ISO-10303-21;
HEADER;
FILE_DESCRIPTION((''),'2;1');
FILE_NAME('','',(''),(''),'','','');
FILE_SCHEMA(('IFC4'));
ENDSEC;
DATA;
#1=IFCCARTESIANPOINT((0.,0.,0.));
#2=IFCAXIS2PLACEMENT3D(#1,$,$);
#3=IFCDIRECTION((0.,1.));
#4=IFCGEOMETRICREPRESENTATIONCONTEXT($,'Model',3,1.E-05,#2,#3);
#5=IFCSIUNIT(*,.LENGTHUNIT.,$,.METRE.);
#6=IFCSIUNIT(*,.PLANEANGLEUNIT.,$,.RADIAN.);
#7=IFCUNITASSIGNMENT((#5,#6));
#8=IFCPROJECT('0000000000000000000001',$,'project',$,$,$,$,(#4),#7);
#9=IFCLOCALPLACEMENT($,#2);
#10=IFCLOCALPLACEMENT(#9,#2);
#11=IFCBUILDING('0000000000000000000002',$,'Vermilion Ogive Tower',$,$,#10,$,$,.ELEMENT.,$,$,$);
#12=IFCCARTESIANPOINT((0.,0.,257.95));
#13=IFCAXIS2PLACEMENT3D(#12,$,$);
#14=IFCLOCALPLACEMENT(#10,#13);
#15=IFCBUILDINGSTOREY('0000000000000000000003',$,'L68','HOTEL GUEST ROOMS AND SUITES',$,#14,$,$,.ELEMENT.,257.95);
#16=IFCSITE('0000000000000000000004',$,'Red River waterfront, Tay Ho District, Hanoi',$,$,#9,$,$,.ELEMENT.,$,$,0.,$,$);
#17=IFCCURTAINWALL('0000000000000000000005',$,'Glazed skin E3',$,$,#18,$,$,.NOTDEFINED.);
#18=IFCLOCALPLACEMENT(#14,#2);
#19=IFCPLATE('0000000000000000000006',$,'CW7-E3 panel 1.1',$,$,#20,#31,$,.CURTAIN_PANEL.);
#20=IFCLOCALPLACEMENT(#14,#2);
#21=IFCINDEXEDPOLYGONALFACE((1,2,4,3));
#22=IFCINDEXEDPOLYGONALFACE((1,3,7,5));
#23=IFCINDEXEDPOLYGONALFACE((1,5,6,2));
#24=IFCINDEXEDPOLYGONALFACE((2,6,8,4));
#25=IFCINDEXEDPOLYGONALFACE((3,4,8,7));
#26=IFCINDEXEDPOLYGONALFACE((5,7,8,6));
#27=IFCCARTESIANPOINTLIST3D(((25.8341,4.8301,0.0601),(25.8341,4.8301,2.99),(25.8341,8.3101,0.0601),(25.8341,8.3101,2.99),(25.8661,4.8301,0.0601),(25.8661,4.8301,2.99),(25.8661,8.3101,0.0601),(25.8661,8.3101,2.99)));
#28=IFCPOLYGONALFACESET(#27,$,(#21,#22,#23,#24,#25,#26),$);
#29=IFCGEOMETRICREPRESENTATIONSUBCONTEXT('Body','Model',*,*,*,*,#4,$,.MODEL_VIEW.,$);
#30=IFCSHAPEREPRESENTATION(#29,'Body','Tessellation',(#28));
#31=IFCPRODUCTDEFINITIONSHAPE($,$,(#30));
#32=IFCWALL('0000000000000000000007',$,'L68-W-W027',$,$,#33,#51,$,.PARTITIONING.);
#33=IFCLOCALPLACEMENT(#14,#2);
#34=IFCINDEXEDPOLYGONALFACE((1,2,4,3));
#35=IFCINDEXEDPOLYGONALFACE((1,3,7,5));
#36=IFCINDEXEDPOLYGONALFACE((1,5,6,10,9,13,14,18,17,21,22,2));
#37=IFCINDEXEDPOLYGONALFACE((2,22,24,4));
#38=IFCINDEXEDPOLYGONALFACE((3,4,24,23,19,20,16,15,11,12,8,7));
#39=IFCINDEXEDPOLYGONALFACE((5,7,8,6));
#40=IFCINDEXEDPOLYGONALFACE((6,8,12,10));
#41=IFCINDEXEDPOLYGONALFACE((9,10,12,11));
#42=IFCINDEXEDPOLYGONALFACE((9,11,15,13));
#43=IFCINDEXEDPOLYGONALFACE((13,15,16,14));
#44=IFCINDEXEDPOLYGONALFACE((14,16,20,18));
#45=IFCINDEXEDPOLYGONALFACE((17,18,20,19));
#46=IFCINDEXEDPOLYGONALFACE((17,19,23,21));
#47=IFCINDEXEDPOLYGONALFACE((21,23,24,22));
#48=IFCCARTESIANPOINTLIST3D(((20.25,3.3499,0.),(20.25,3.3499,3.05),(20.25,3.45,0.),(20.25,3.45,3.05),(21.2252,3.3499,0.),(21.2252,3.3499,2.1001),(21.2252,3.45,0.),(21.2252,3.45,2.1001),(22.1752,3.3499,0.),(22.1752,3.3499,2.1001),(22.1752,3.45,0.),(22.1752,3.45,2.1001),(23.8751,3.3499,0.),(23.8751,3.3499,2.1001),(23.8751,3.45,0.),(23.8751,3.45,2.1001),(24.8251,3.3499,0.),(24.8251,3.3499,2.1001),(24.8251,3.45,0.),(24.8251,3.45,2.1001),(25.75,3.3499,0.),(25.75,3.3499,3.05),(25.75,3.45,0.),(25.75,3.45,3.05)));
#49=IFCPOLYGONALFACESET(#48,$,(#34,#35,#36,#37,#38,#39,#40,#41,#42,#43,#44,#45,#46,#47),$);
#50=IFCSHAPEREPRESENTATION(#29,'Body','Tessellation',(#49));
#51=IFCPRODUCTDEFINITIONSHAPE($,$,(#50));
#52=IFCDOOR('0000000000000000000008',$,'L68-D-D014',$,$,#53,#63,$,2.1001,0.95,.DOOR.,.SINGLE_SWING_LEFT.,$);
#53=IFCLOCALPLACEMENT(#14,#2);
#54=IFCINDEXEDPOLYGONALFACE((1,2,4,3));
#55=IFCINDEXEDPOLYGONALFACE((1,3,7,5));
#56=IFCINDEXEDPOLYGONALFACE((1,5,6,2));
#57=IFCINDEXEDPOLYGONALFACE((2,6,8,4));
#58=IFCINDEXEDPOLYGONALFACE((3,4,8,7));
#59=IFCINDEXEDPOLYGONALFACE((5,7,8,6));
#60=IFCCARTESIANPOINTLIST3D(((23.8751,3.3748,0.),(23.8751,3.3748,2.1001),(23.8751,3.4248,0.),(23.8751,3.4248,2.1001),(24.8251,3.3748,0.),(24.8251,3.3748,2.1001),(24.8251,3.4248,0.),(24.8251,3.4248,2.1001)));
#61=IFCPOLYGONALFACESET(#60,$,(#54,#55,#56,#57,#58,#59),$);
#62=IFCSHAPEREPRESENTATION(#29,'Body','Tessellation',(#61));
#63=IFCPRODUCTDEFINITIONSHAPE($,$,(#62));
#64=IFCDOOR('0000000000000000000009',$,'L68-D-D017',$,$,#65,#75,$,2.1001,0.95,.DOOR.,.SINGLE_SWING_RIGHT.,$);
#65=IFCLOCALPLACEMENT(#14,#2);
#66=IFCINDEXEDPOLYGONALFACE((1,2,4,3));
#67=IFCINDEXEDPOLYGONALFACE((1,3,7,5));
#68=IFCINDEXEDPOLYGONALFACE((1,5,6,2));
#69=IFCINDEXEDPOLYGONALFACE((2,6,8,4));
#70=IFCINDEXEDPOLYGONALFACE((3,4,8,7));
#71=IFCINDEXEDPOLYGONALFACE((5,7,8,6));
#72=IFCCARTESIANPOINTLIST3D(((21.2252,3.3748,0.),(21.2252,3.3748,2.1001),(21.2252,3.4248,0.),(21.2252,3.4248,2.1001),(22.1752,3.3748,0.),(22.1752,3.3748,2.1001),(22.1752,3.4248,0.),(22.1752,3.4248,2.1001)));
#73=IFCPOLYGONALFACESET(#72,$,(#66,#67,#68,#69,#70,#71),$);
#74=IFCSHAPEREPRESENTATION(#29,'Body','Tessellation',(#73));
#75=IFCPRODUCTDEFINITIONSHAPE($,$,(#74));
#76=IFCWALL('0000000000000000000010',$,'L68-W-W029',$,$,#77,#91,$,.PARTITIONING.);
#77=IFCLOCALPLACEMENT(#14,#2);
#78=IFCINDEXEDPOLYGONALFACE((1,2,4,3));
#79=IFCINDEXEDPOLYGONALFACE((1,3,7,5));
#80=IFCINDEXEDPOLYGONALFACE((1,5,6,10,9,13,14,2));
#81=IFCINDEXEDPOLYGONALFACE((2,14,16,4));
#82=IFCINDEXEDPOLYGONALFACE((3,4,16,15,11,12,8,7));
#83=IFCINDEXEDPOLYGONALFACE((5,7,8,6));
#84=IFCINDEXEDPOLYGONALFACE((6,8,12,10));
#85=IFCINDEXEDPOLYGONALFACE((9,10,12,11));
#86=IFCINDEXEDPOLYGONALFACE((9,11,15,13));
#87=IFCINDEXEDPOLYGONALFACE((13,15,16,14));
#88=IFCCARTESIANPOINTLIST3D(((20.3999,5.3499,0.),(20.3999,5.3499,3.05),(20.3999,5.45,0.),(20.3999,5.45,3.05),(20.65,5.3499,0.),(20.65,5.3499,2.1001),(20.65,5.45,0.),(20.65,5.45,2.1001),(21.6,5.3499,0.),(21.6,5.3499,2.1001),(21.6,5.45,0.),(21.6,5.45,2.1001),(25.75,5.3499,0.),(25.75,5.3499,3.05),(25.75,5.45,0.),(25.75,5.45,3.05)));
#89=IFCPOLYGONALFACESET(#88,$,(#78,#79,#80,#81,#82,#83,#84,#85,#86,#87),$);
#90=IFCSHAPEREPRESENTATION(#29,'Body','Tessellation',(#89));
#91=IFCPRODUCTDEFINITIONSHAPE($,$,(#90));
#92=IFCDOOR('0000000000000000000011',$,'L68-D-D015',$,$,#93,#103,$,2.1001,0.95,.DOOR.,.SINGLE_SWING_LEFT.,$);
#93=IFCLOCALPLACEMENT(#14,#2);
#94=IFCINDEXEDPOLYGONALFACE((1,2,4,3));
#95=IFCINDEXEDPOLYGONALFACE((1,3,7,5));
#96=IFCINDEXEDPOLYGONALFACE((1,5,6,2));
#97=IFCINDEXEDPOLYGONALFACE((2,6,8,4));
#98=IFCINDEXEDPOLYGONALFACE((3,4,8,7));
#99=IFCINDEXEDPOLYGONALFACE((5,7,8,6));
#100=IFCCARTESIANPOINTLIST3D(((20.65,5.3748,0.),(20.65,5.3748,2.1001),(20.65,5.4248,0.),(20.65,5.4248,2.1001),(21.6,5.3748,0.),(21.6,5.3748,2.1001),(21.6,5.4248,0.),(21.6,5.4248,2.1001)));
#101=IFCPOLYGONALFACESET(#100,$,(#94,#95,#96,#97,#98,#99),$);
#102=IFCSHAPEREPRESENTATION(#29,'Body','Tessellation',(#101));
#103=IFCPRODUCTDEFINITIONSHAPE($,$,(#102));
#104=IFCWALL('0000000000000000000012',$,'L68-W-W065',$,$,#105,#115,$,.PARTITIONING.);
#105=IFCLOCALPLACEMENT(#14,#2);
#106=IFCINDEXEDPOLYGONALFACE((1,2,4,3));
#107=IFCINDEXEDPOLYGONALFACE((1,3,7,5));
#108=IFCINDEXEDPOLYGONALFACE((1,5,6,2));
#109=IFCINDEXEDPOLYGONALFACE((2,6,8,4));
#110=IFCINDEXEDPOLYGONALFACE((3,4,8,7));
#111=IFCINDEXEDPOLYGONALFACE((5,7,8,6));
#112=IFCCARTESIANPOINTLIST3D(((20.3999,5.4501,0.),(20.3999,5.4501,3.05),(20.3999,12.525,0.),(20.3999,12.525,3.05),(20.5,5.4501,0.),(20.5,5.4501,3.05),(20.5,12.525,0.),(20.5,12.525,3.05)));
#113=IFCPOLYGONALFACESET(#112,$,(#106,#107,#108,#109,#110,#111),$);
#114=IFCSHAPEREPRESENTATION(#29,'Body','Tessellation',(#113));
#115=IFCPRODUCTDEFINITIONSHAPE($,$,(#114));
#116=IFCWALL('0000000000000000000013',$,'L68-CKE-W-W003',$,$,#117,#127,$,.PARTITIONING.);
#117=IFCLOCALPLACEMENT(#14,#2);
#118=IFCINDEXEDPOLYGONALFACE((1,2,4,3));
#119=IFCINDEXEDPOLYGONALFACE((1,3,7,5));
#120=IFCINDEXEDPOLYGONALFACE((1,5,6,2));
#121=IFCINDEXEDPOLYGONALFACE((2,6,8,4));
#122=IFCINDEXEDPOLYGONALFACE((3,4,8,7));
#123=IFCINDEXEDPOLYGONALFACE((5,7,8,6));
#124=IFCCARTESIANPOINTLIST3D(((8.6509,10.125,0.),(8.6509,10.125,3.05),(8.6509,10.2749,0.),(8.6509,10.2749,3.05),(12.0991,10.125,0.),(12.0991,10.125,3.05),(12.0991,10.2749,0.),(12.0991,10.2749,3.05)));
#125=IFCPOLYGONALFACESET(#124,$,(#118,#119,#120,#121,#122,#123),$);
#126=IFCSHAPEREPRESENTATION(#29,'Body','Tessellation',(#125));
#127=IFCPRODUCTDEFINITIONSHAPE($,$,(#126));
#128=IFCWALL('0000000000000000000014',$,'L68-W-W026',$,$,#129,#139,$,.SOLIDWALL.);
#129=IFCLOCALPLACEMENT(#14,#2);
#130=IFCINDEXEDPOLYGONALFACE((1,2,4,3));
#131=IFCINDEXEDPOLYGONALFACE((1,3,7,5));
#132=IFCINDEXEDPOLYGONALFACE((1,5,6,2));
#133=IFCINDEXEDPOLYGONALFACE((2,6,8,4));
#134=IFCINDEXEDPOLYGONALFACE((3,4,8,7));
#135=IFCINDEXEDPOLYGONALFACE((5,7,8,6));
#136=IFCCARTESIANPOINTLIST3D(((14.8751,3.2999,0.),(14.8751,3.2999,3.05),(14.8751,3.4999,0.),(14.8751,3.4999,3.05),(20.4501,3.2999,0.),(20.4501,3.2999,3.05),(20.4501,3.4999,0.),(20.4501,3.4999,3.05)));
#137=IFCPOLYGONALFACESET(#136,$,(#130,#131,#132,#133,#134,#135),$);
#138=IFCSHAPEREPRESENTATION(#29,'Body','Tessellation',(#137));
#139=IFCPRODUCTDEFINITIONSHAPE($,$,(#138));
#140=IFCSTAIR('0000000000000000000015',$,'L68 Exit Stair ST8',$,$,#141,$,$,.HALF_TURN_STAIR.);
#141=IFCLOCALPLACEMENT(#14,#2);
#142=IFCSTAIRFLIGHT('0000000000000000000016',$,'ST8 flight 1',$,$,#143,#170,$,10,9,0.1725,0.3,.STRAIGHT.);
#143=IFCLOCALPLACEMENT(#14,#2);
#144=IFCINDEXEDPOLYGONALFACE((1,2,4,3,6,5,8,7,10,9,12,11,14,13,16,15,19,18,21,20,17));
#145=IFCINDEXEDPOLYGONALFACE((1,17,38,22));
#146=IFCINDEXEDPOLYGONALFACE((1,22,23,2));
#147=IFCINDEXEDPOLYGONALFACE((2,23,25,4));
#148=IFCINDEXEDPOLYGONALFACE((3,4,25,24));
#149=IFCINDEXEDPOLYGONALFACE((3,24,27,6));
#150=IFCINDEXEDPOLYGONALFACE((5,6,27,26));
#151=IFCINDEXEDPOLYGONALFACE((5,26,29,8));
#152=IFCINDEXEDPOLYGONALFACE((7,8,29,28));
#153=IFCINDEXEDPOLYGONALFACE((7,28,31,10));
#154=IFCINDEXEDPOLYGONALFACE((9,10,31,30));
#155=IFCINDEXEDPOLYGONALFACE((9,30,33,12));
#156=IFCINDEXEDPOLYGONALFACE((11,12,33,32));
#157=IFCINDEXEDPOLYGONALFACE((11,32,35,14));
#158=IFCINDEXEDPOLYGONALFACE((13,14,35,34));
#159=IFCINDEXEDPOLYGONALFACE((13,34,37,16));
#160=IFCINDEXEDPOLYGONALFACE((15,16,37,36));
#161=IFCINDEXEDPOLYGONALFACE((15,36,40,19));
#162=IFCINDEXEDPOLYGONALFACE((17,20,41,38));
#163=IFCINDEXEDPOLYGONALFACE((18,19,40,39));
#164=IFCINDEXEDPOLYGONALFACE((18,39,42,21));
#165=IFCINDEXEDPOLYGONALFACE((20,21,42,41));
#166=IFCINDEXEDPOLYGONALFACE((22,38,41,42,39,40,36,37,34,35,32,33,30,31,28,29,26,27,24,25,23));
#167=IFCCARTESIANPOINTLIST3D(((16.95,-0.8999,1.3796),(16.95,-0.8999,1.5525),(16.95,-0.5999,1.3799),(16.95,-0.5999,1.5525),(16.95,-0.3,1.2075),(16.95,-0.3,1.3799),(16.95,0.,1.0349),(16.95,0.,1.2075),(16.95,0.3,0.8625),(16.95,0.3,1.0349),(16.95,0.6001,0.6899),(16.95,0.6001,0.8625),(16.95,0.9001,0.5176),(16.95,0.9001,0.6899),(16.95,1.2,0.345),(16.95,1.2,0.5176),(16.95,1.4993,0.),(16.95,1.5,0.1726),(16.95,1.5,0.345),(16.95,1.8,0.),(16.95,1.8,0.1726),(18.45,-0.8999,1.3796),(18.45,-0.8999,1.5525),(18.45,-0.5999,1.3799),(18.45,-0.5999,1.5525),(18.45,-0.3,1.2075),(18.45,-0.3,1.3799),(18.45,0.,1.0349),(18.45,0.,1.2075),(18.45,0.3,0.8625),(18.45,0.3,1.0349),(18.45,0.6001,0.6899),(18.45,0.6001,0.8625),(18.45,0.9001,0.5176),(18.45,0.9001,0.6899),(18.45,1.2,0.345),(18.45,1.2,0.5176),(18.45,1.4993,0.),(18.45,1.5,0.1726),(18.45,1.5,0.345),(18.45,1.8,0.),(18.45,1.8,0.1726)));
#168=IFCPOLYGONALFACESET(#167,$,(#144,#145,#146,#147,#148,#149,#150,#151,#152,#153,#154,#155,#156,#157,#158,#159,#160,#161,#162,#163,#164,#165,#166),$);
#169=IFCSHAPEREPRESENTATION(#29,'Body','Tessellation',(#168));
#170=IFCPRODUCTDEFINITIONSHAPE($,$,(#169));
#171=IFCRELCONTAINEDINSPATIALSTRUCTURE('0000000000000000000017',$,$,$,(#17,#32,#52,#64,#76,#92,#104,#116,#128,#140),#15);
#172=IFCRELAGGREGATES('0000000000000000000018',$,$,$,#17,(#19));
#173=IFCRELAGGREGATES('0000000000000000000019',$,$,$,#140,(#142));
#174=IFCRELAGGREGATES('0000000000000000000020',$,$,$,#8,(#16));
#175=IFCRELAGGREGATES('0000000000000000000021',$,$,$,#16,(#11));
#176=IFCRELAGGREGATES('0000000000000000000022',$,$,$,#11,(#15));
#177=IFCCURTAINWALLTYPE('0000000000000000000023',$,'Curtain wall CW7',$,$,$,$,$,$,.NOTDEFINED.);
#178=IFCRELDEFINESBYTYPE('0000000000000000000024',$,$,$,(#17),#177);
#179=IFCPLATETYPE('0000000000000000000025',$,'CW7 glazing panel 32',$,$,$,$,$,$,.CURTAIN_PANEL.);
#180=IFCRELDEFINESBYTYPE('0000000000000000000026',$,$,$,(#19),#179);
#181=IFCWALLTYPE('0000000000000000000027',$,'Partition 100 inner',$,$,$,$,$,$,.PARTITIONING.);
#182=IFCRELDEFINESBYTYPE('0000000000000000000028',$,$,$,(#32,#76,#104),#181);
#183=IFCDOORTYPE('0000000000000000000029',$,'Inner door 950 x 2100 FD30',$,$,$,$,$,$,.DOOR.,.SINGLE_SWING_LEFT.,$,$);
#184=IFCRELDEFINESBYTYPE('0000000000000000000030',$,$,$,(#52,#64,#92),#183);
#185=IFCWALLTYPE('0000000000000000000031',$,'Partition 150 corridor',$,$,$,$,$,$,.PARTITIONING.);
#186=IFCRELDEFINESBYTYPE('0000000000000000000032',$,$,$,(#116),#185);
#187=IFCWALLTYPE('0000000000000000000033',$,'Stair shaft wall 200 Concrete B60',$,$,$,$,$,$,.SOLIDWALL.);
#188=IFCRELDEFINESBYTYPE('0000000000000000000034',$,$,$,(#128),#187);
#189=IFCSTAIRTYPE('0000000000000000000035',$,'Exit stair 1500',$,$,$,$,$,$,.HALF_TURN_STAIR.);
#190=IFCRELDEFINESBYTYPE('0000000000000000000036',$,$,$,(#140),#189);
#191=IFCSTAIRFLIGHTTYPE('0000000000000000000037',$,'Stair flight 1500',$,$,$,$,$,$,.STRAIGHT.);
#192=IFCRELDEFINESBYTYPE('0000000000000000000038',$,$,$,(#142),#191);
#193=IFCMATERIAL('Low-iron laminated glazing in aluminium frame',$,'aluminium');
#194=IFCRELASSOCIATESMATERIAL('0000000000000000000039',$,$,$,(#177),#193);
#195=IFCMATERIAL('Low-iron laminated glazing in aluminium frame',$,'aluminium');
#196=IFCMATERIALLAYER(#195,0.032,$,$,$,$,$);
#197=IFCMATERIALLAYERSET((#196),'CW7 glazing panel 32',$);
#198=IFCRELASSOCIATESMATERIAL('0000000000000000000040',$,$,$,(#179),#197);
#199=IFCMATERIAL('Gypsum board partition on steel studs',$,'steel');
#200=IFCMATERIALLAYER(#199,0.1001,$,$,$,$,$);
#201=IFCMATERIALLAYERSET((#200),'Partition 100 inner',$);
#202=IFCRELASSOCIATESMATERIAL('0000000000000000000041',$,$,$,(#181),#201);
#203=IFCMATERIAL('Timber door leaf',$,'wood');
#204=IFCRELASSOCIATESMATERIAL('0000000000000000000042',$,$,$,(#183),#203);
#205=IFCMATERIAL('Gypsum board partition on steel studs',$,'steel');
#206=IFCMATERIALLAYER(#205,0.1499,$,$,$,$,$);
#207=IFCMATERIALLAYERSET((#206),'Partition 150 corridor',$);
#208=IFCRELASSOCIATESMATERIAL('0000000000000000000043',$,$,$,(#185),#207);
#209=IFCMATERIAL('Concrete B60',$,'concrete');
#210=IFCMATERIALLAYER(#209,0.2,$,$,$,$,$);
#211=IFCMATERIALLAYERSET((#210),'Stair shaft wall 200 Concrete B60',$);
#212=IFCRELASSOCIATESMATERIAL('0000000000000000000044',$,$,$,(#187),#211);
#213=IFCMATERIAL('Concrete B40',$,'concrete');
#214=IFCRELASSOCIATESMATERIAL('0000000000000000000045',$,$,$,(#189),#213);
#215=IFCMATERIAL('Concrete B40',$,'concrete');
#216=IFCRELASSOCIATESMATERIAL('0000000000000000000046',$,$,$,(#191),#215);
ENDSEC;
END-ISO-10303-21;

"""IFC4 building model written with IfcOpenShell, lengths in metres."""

from ifc_helpers import new_model, si_unit, direction, frame, frame_2d, origin, origin_2d, place, context, subcontext, project, spatial, polyline, rectangle, outline, extrude, material, layer, layer_set, type_object, element, fill, aggregate, save


model = new_model("IFC4")

# Units and contexts
model_context = context("Model", 3, precision=1e-05, world=origin(), true_north=direction((0.0, 1.0)))
body_context = subcontext(model_context, "Body", "Model", "MODEL_VIEW")
ifc_project = project(units=[si_unit("LENGTHUNIT", "METRE"), si_unit("PLANEANGLEUNIT", "RADIAN")], contexts=[model_context])

# Site, building, storey
site_placement = place(None, origin())
site = spatial("IfcSite", under=ifc_project, at=site_placement, Name="Red River waterfront, Tay Ho District, Hanoi", CompositionType="ELEMENT", RefElevation=0.0)
building_placement = place(site_placement, origin())
building = spatial("IfcBuilding", under=site, at=building_placement, Name="Vermilion Ogive Tower", CompositionType="ELEMENT")
storey_placement = place(building_placement, frame((0.0, 0.0, 257.95)))
storey = spatial("IfcBuildingStorey", under=building, at=storey_placement, Name="L68", Description="HOTEL GUEST ROOMS AND SUITES", CompositionType="ELEMENT", Elevation=257.95)

# Curtain wall
ifc_material_1 = material(Name="Low-iron laminated glazing in aluminium frame", Category="aluminium")
curtain_wall_type = type_object("IfcCurtainWallType", Name="Curtain wall CW7", PredefinedType="NOTDEFINED", material=ifc_material_1)
curtain_wall_1_placement = place(storey_placement, origin())
curtain_wall_1 = element("IfcCurtainWall", 1, at=curtain_wall_1_placement, inside=storey, type_object=curtain_wall_type, Name="Glazed skin E3", PredefinedType="NOTDEFINED")

# Plate
ifc_material_2 = material(Name="Low-iron laminated glazing in aluminium frame", Category="aluminium")
ifc_layer_1 = layer(ifc_material_2, 0.032)
ifc_layer_set_1 = layer_set([ifc_layer_1], Name="CW7 glazing panel 32")
plate_type = type_object("IfcPlateType", Name="CW7 glazing panel 32", PredefinedType="CURTAIN_PANEL", material=ifc_layer_set_1)
plate_1_placement = place(storey_placement, frame((25.8501, 6.5701, 0.0601), z_axis=(0.0, 0.0, 1.0), x_axis=(0.0, 1.0, 0.0)))
plate_1 = element("IfcPlate", 2, at=plate_1_placement, type_object=plate_type, Name="CW7-E3 panel 1.1", PredefinedType="CURTAIN_PANEL", context=body_context, shape_type="SweptSolid", body=[
    extrude(rectangle(XDim=3.48, YDim=0.032, at=origin_2d()), origin(), (0.0, 0.0, 1.0), 2.9299),
])
aggregate(curtain_wall_1, [plate_1])

# Wall, openings, doors
ifc_material_3 = material(Name="Gypsum board partition on steel studs", Category="steel")
ifc_layer_2 = layer(ifc_material_3, 0.1001)
ifc_layer_set_2 = layer_set([ifc_layer_2], Name="Partition 100 inner")
wall_type_1 = type_object("IfcWallType", Name="Partition 100 inner", PredefinedType="PARTITIONING", material=ifc_layer_set_2)
wall_1_placement = place(storey_placement, frame((20.25, 3.3999, 0.0), z_axis=(0.0, 0.0, 1.0), x_axis=(1.0, 0.0, 0.0)))
wall_1 = element("IfcWall", 3, at=wall_1_placement, inside=storey, type_object=wall_type_1, Name="L68-W-W027", PredefinedType="PARTITIONING", context=body_context, shape_type="SweptSolid", body=[
    extrude(rectangle(XDim=5.5, YDim=0.1001, at=frame_2d((2.75, 0.0))), origin(), (0.0, 0.0, 1.0), 3.05),
])
opening_1_placement = place(wall_1_placement, frame((3.625, 0.0, 0.0)))
opening_1 = element("IfcOpeningElement", 4, at=opening_1_placement, cuts=wall_1, PredefinedType="OPENING", context=body_context, shape_type="SweptSolid", body=[
    extrude(rectangle(XDim=0.95, YDim=2.1001, at=frame_2d((0.4751, 1.05))), frame((0.0, 0.0601, 0.0), z_axis=(0.0, -1.0, 0.0), x_axis=(1.0, 0.0, 0.0)), (0.0, 0.0, 1.0), 0.1201),
])
opening_2_placement = place(wall_1_placement, frame((0.9751, 0.0, 0.0)))
opening_2 = element("IfcOpeningElement", 5, at=opening_2_placement, cuts=wall_1, PredefinedType="OPENING", context=body_context, shape_type="SweptSolid", body=[
    extrude(rectangle(XDim=0.95, YDim=2.1001, at=frame_2d((0.4751, 1.05))), frame((0.0, 0.0601, 0.0), z_axis=(0.0, -1.0, 0.0), x_axis=(1.0, 0.0, 0.0)), (0.0, 0.0, 1.0), 0.1201),
])
ifc_material_4 = material(Name="Timber door leaf", Category="wood")
door_type = type_object("IfcDoorType", Name="Inner door 950 x 2100 FD30", OperationType="SINGLE_SWING_LEFT", PredefinedType="DOOR", material=ifc_material_4)
door_1_placement = place(opening_1_placement, origin())
door_1 = element("IfcDoor", 6, at=door_1_placement, inside=storey, type_object=door_type, Name="L68-D-D014", OperationType="SINGLE_SWING_LEFT", OverallHeight=2.1001, OverallWidth=0.95, PredefinedType="DOOR", context=body_context, shape_type="SweptSolid", body=[
    extrude(rectangle(XDim=0.95, YDim=2.1001, at=frame_2d((0.4751, 1.05))), frame((0.0, 0.0249, 0.0), z_axis=(0.0, -1.0, 0.0), x_axis=(1.0, 0.0, 0.0)), (0.0, 0.0, 1.0), 0.05),
])
fill(opening_1, door_1)
door_2_placement = place(opening_2_placement, origin())
door_2 = element("IfcDoor", 7, at=door_2_placement, inside=storey, type_object=door_type, Name="L68-D-D017", OperationType="SINGLE_SWING_RIGHT", OverallHeight=2.1001, OverallWidth=0.95, PredefinedType="DOOR", context=body_context, shape_type="SweptSolid", body=[
    extrude(rectangle(XDim=0.95, YDim=2.1001, at=frame_2d((0.4751, 1.05))), frame((0.0, 0.0249, 0.0), z_axis=(0.0, -1.0, 0.0), x_axis=(1.0, 0.0, 0.0)), (0.0, 0.0, 1.0), 0.05),
])
fill(opening_2, door_2)

# Wall, opening, door
wall_2_placement = place(storey_placement, frame((20.3999, 5.3999, 0.0), z_axis=(0.0, 0.0, 1.0), x_axis=(1.0, 0.0, 0.0)))
wall_2 = element("IfcWall", 8, at=wall_2_placement, inside=storey, type_object=wall_type_1, Name="L68-W-W029", PredefinedType="PARTITIONING", context=body_context, shape_type="SweptSolid", body=[
    extrude(rectangle(XDim=5.3501, YDim=0.1001, at=frame_2d((2.675, 0.0))), origin(), (0.0, 0.0, 1.0), 3.05),
])
opening_3_placement = place(wall_2_placement, frame((0.25, 0.0, 0.0)))
opening_3 = element("IfcOpeningElement", 9, at=opening_3_placement, cuts=wall_2, PredefinedType="OPENING", context=body_context, shape_type="SweptSolid", body=[
    extrude(rectangle(XDim=0.95, YDim=2.1001, at=frame_2d((0.4751, 1.05))), frame((0.0, 0.0601, 0.0), z_axis=(0.0, -1.0, 0.0), x_axis=(1.0, 0.0, 0.0)), (0.0, 0.0, 1.0), 0.1201),
])
door_3_placement = place(opening_3_placement, origin())
door_3 = element("IfcDoor", 10, at=door_3_placement, inside=storey, type_object=door_type, Name="L68-D-D015", OperationType="SINGLE_SWING_LEFT", OverallHeight=2.1001, OverallWidth=0.95, PredefinedType="DOOR", context=body_context, shape_type="SweptSolid", body=[
    extrude(rectangle(XDim=0.95, YDim=2.1001, at=frame_2d((0.4751, 1.05))), frame((0.0, 0.0249, 0.0), z_axis=(0.0, -1.0, 0.0), x_axis=(1.0, 0.0, 0.0)), (0.0, 0.0, 1.0), 0.05),
])
fill(opening_3, door_3)

# Walls
wall_3_placement = place(storey_placement, frame((20.45, 5.45, 0.0), z_axis=(0.0, 0.0, 1.0), x_axis=(0.0, 1.0, 0.0)))
element("IfcWall", 11, at=wall_3_placement, inside=storey, type_object=wall_type_1, Name="L68-W-W065", PredefinedType="PARTITIONING", context=body_context, shape_type="SweptSolid", body=[
    extrude(rectangle(XDim=7.075, YDim=0.1001, at=frame_2d((3.5376, 0.0))), origin(), (0.0, 0.0, 1.0), 3.05),
])
ifc_material_5 = material(Name="Gypsum board partition on steel studs", Category="steel")
ifc_layer_3 = layer(ifc_material_5, 0.1499)
ifc_layer_set_3 = layer_set([ifc_layer_3], Name="Partition 150 corridor")
wall_type_2 = type_object("IfcWallType", Name="Partition 150 corridor", PredefinedType="PARTITIONING", material=ifc_layer_set_3)
wall_4_placement = place(storey_placement, frame((8.6509, 10.2, 0.0), z_axis=(0.0, 0.0, 1.0), x_axis=(1.0, 0.0, 0.0)))
element("IfcWall", 12, at=wall_4_placement, inside=storey, type_object=wall_type_2, Name="L68-CKE-W-W003", PredefinedType="PARTITIONING", context=body_context, shape_type="SweptSolid", body=[
    extrude(rectangle(XDim=3.4482, YDim=0.1499, at=frame_2d((1.7241, 0.0))), origin(), (0.0, 0.0, 1.0), 3.05),
])
ifc_material_6 = material(Name="Concrete B60", Category="concrete")
ifc_layer_4 = layer(ifc_material_6, 0.2)
ifc_layer_set_4 = layer_set([ifc_layer_4], Name="Stair shaft wall 200 Concrete B60")
wall_type_3 = type_object("IfcWallType", Name="Stair shaft wall 200 Concrete B60", PredefinedType="SOLIDWALL", material=ifc_layer_set_4)
wall_5_placement = place(storey_placement, frame((14.875, 3.3999, 0.0), z_axis=(0.0, 0.0, 1.0), x_axis=(1.0, 0.0, 0.0)))
element("IfcWall", 13, at=wall_5_placement, inside=storey, type_object=wall_type_3, Name="L68-W-W026", PredefinedType="SOLIDWALL", context=body_context, shape_type="SweptSolid", body=[
    extrude(rectangle(XDim=5.575, YDim=0.2, at=frame_2d((2.7876, 0.0))), origin(), (0.0, 0.0, 1.0), 3.05),
])

# Stair, stair flight
ifc_material_7 = material(Name="Concrete B40", Category="concrete")
stair_type = type_object("IfcStairType", Name="Exit stair 1500", PredefinedType="HALF_TURN_STAIR", material=ifc_material_7)
stair_placement = place(storey_placement, origin())
stair = element("IfcStair", 14, at=stair_placement, inside=storey, type_object=stair_type, Name="L68 Exit Stair ST8", PredefinedType="HALF_TURN_STAIR")
ifc_material_8 = material(Name="Concrete B40", Category="concrete")
stair_flight_type = type_object("IfcStairFlightType", Name="Stair flight 1500", PredefinedType="STRAIGHT", material=ifc_material_8)
stair_flight_placement = place(storey_placement, frame((17.7, 1.8, 0.0), z_axis=(0.0, 0.0, 1.0), x_axis=(0.0, -1.0, 0.0)))
stair_flight = element("IfcStairFlight", 15, at=stair_flight_placement, type_object=stair_flight_type, Name="ST8 flight 1", NumberOfRisers=10, NumberOfTreads=9, PredefinedType="STRAIGHT", RiserHeight=0.1725, TreadLength=0.3, context=body_context, shape_type="SweptSolid", body=[
    extrude(outline(polyline([(0.0, 0.0), (0.0, 0.1726), (0.3, 0.1726), (0.3, 0.345), (0.6001, 0.345), (0.6001, 0.5176), (0.8999, 0.5176), (0.8999, 0.6899), (1.2, 0.6899), (1.2, 0.8625), (1.5, 0.8625), (1.5, 1.0349), (1.8, 1.0349), (1.8, 1.2075), (2.1001, 1.2075), (2.1001, 1.3799), (2.3999, 1.3799), (2.3999, 1.5525), (2.7, 1.5525), (2.7, 1.7251), (2.7, 1.3796), (0.3008, 0.0), (0.0, 0.0)])), frame((0.0, 0.75, 0.0), z_axis=(0.0, -1.0, 0.0), x_axis=(1.0, 0.0, 0.0)), (0.0, 0.0, 1.0), 1.5),
])
aggregate(stair, [stair_flight])

save(model, "model.ifc")
